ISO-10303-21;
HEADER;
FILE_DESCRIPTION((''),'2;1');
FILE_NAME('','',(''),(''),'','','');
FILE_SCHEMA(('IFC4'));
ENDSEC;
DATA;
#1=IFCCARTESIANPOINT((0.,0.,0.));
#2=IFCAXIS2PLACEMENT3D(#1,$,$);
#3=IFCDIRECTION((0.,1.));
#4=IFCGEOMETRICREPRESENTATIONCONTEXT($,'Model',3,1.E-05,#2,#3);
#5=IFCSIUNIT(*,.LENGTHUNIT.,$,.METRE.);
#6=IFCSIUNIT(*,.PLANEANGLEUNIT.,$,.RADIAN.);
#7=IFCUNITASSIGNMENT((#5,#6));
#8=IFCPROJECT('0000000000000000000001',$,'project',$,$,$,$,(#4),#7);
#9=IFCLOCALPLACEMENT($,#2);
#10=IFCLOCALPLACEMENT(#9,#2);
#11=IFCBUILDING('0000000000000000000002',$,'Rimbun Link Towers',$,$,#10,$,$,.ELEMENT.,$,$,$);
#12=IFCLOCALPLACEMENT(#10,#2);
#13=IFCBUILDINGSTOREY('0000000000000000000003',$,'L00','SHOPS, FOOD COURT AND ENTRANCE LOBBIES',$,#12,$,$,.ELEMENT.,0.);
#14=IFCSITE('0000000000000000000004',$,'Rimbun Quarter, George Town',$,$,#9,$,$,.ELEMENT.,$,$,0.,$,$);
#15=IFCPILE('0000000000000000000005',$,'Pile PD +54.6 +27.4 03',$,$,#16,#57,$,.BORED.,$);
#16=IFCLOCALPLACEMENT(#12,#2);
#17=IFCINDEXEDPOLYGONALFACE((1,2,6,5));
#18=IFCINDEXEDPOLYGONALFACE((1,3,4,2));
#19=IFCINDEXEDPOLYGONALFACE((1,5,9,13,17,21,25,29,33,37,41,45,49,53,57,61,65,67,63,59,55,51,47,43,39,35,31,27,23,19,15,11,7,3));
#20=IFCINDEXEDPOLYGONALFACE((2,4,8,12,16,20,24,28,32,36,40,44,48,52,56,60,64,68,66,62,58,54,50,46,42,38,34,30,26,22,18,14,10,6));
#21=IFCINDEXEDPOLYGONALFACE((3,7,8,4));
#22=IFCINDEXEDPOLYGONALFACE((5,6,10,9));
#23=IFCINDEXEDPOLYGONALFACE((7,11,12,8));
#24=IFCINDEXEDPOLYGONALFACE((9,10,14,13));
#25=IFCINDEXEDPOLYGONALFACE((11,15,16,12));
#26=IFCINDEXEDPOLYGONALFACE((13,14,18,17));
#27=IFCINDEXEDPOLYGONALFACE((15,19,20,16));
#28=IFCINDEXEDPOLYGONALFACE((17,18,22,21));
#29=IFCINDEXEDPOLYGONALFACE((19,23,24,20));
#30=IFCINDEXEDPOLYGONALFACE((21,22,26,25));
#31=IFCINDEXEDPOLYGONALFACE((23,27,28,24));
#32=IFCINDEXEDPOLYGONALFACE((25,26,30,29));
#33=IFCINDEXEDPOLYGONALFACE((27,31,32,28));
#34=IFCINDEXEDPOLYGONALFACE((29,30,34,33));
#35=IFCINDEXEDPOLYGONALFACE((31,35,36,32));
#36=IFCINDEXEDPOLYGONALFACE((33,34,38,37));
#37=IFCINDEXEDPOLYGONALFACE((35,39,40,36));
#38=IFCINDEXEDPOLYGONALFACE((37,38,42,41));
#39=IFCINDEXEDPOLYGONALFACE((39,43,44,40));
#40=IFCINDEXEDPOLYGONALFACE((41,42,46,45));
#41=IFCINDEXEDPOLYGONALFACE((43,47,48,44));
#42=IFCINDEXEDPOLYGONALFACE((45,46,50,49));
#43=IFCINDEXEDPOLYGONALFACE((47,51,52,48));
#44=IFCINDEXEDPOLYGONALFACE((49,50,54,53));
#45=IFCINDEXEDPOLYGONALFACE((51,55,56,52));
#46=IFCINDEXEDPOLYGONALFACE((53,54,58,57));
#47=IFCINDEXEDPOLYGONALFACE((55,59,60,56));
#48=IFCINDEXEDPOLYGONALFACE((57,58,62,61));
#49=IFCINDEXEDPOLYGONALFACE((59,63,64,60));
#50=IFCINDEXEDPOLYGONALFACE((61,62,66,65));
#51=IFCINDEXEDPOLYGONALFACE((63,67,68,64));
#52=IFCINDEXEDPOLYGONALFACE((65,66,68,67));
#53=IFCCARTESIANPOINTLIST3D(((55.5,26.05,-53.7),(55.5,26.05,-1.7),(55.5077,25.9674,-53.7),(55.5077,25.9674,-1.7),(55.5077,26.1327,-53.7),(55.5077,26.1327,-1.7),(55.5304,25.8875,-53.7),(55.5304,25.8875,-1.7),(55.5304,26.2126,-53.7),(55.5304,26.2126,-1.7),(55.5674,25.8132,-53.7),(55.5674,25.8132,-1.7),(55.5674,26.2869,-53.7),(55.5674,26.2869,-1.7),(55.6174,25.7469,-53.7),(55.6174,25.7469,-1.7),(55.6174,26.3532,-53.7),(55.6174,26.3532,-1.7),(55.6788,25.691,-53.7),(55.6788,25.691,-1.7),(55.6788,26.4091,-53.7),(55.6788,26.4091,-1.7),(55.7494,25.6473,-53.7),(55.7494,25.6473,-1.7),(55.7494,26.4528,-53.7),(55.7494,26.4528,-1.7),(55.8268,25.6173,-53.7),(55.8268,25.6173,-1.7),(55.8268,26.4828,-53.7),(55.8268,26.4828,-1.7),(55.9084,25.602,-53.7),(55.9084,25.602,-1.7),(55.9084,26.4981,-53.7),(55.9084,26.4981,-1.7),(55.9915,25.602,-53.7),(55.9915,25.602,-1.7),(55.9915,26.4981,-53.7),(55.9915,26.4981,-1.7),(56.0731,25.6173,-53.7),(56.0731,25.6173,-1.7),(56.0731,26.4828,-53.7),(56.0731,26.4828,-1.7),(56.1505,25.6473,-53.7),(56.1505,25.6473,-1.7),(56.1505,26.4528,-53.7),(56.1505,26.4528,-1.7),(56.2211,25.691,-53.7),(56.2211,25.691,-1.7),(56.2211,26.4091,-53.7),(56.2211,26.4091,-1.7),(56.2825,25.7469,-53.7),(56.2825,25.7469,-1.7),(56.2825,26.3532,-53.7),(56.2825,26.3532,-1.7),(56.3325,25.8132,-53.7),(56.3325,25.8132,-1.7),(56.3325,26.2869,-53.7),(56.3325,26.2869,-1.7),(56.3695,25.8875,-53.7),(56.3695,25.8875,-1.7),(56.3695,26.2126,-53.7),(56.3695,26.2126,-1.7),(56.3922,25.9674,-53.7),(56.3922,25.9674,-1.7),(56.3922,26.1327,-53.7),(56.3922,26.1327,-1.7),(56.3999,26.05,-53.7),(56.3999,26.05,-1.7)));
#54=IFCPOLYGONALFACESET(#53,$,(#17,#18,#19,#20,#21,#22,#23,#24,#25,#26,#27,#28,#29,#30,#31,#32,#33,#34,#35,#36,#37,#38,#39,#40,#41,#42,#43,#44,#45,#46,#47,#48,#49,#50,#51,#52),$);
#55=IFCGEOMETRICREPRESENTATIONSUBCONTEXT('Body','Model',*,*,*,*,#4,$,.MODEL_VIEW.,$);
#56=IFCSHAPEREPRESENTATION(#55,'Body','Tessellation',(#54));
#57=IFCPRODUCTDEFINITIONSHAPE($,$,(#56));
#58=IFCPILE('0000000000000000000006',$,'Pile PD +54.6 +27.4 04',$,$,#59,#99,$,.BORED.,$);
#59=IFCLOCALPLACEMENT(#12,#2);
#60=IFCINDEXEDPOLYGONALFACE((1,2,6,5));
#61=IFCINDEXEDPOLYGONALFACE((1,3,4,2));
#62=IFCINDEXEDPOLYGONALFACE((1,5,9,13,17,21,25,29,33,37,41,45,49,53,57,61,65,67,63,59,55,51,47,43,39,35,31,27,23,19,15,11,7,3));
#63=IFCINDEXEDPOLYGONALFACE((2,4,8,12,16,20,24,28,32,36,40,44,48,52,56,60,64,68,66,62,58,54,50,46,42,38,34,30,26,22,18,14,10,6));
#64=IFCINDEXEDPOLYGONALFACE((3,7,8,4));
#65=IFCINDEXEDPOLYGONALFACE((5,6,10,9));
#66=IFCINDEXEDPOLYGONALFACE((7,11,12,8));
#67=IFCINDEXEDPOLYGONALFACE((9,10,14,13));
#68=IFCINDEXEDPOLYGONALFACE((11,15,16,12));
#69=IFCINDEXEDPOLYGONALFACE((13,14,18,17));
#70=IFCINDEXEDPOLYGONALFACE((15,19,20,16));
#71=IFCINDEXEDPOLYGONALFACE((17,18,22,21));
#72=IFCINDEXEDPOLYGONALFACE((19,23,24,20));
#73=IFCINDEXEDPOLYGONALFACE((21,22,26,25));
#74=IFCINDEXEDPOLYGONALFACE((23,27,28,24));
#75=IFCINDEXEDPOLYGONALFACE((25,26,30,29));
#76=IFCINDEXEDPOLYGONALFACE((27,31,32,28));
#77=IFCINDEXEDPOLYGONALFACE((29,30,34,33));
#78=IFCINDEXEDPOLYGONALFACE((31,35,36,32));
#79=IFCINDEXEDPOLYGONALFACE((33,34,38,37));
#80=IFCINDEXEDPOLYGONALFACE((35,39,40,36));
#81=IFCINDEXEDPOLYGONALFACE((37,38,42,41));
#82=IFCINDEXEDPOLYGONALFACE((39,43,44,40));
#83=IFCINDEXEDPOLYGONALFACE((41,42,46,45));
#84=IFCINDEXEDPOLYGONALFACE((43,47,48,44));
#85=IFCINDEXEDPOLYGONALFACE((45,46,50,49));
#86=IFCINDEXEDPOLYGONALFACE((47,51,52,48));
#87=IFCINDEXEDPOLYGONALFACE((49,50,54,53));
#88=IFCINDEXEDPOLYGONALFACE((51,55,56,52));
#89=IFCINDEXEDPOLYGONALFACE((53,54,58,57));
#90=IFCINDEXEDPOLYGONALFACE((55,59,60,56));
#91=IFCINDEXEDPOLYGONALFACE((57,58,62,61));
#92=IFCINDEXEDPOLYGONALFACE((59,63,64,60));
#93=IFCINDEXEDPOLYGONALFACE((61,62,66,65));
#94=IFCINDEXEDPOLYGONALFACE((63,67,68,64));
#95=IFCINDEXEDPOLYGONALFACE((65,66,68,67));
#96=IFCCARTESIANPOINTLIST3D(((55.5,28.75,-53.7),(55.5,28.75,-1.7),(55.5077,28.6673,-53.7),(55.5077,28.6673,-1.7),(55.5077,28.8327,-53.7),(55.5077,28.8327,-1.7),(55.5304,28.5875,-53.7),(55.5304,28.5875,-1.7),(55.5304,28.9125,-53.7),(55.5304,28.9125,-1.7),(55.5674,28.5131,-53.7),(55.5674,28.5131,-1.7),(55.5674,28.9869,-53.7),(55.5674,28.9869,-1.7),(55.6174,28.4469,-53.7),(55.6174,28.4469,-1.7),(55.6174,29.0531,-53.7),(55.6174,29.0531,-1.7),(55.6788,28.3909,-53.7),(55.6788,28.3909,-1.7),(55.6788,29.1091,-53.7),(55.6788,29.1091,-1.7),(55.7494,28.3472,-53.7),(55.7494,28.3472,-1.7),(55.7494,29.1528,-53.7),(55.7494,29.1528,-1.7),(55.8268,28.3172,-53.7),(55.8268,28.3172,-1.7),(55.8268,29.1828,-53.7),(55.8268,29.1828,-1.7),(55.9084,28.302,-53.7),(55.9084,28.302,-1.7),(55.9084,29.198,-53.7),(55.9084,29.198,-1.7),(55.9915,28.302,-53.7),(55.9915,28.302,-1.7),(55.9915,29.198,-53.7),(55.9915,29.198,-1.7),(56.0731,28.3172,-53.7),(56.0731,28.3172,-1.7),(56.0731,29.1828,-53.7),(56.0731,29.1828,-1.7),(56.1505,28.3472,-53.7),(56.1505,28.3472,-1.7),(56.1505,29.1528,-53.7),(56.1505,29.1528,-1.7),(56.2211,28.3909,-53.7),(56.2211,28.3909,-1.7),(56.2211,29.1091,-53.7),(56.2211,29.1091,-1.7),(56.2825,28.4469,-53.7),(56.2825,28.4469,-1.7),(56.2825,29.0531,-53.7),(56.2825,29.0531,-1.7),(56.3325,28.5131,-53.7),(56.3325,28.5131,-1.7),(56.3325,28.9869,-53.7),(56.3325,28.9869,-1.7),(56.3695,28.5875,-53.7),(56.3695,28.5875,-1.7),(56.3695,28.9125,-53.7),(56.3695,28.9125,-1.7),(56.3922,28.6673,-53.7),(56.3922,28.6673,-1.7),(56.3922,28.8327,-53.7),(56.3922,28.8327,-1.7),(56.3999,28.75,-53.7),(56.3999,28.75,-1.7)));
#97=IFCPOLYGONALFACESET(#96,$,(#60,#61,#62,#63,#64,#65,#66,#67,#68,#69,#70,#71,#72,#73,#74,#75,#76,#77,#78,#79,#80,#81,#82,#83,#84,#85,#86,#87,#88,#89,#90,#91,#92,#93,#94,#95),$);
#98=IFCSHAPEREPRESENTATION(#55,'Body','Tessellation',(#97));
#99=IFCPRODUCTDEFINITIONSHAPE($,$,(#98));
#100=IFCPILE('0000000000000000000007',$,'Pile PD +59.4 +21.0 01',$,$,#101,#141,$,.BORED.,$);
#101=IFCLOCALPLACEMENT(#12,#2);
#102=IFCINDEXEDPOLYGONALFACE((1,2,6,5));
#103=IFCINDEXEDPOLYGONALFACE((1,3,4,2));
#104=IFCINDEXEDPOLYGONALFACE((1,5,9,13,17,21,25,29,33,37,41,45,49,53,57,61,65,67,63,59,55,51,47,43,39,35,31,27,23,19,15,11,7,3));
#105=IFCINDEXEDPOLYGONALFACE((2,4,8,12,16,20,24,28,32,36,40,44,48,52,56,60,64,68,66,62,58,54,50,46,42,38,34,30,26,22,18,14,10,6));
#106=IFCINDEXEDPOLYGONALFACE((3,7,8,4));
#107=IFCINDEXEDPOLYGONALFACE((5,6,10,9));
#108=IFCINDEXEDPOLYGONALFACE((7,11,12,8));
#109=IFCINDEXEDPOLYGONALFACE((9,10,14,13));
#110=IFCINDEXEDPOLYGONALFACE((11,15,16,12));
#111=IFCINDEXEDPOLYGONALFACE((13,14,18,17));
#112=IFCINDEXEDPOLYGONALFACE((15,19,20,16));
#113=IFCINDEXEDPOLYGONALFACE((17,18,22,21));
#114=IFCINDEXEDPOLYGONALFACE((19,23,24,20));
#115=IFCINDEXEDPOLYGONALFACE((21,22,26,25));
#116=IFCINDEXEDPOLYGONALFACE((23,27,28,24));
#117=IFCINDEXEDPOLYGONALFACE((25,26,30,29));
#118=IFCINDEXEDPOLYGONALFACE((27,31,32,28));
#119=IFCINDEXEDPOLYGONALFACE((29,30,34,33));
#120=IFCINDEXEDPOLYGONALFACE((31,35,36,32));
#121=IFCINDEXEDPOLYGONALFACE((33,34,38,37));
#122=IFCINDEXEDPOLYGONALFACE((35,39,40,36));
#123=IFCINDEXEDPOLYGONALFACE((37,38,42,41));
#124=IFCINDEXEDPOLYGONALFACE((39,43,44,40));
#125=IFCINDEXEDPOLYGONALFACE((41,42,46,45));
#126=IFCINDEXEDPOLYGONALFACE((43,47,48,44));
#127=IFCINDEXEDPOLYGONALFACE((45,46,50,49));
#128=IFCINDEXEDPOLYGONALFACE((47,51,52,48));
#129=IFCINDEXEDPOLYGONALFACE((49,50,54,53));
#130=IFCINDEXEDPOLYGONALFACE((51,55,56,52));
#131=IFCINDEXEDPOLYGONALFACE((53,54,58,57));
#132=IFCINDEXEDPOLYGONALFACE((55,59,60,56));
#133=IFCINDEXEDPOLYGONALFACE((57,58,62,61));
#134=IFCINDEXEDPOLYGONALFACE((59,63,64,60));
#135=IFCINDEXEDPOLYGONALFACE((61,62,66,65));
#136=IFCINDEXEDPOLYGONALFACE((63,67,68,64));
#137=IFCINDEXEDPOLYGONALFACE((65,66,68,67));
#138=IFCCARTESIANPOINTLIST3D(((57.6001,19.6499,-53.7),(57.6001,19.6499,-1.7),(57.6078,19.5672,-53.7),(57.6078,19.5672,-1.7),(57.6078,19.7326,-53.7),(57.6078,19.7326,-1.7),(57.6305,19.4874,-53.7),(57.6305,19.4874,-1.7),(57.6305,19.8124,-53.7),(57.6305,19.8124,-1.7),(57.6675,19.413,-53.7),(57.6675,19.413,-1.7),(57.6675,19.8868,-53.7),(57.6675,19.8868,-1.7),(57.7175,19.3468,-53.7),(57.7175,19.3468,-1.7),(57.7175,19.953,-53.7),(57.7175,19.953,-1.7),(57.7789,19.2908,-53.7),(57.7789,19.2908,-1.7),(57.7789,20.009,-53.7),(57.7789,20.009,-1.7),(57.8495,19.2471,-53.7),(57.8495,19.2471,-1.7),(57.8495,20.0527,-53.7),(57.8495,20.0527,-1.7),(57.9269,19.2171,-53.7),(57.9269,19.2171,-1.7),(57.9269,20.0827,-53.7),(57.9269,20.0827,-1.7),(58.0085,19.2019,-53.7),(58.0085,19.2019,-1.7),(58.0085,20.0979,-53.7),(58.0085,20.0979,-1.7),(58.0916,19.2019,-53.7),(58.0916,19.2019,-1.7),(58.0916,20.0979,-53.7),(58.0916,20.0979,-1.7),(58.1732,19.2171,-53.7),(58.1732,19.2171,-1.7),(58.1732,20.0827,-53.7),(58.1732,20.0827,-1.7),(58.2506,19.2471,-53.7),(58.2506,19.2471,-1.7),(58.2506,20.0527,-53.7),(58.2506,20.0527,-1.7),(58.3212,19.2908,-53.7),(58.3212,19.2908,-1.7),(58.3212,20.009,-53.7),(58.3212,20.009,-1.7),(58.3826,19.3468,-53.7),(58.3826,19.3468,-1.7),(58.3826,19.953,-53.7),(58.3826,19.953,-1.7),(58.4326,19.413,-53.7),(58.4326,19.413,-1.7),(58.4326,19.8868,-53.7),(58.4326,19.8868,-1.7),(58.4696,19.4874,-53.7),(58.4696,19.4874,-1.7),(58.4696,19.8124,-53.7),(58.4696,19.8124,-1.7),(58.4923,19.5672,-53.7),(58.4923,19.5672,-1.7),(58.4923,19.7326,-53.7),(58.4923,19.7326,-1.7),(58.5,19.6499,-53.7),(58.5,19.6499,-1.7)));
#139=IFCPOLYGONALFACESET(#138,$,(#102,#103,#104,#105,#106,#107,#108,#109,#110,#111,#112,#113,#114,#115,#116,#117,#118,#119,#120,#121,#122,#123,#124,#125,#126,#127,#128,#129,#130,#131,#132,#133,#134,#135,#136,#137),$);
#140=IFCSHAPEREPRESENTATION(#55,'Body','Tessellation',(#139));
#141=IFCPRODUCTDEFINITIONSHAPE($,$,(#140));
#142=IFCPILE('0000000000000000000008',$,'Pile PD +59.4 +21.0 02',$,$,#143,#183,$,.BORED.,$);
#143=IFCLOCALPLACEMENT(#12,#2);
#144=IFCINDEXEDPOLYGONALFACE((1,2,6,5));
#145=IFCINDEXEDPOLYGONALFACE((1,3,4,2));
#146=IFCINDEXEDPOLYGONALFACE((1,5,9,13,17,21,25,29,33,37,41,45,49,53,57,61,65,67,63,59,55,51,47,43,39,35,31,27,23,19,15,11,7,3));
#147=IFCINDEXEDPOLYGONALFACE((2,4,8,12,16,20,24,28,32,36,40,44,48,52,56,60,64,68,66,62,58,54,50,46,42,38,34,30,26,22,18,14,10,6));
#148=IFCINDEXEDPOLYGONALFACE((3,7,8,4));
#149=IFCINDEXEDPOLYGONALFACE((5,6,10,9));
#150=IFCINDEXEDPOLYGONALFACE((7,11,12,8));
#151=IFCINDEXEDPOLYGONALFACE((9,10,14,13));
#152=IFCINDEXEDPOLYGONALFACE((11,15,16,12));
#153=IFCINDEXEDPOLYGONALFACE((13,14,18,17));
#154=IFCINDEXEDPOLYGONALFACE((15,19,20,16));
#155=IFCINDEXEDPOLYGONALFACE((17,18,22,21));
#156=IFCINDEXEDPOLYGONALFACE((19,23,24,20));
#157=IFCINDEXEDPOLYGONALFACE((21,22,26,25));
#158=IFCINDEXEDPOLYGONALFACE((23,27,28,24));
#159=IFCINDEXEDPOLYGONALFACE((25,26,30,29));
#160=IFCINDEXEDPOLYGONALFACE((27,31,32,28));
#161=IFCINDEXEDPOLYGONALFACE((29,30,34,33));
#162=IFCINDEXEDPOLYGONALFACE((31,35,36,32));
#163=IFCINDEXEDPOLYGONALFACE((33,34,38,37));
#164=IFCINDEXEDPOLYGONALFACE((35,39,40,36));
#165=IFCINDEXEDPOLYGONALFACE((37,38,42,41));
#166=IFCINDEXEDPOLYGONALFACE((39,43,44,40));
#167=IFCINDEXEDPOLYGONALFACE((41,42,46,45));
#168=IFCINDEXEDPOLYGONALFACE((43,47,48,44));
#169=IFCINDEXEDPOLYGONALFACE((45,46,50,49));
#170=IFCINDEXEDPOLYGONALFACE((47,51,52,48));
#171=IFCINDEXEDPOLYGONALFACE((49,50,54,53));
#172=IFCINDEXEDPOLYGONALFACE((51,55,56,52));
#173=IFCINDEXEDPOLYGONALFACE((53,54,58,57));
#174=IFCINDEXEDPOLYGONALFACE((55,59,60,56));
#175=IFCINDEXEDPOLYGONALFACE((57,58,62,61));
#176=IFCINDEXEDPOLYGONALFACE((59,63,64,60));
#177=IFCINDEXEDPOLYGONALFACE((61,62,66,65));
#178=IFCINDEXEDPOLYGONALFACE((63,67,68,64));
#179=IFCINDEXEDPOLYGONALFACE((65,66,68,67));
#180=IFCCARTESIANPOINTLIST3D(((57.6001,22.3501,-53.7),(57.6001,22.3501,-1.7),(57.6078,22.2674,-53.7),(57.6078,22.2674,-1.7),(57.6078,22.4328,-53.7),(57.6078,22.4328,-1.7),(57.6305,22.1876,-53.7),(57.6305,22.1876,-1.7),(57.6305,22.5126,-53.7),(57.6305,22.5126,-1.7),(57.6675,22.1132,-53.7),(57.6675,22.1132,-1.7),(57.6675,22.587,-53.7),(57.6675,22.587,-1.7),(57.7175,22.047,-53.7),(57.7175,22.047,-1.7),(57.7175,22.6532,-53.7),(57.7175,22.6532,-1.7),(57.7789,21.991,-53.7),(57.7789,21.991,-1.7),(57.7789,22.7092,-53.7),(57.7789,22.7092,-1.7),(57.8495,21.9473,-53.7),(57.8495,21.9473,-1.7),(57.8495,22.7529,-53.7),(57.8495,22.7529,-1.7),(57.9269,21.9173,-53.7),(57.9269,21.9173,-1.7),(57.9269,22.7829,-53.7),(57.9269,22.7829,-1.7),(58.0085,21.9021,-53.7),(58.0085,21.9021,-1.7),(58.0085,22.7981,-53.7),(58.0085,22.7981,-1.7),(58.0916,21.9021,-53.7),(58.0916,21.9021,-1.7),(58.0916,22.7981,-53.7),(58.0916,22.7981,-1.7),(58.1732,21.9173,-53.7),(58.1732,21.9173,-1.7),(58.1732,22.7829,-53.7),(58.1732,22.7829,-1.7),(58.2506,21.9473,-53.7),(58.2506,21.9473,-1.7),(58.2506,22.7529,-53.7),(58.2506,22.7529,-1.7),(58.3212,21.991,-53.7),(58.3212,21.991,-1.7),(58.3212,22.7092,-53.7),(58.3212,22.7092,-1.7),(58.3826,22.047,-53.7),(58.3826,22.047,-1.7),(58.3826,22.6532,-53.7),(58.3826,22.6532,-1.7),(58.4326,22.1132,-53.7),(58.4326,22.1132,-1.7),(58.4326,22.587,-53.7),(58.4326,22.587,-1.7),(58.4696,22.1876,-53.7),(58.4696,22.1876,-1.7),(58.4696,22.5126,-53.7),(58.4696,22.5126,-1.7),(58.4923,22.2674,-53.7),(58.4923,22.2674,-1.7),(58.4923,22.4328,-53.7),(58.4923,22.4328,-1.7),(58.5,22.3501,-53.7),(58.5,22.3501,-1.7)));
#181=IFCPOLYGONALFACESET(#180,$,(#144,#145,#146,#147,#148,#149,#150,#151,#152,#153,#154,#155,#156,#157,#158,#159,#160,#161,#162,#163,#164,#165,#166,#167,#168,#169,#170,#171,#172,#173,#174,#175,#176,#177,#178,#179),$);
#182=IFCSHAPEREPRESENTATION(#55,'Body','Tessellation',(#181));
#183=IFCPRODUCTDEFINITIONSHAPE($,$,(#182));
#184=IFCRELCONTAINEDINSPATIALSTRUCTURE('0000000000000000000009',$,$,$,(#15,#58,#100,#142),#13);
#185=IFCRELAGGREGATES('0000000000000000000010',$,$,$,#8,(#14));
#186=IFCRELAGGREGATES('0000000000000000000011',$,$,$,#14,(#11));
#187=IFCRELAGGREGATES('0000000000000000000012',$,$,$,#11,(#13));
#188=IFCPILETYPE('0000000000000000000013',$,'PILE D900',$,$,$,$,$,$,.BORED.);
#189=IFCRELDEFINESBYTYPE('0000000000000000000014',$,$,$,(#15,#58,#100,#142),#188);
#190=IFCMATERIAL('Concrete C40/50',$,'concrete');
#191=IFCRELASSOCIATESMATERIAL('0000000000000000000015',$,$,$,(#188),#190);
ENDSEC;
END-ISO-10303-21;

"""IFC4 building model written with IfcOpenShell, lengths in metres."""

from ifc_helpers import new_model, si_unit, direction, frame, origin, origin_2d, place, context, subcontext, project, spatial, circle, extrude, material, material_profile, profile_set, type_object, element, save


model = new_model("IFC4")

# Units and contexts
model_context = context("Model", 3, precision=1e-05, world=origin(), true_north=direction((0.0, 1.0)))
body_context = subcontext(model_context, "Body", "Model", "MODEL_VIEW")
ifc_project = project(units=[si_unit("LENGTHUNIT", "METRE"), si_unit("PLANEANGLEUNIT", "RADIAN")], contexts=[model_context])

# Site, building, storey
site_placement = place(None, origin())
site = spatial("IfcSite", under=ifc_project, at=site_placement, Name="Rimbun Quarter, George Town", CompositionType="ELEMENT", RefElevation=0.0)
building_placement = place(site_placement, origin())
building = spatial("IfcBuilding", under=site, at=building_placement, Name="Rimbun Link Towers", CompositionType="ELEMENT")
storey_placement = place(building_placement, origin())
storey = spatial("IfcBuildingStorey", under=building, at=storey_placement, Name="L00", Description="SHOPS, FOOD COURT AND ENTRANCE LOBBIES", CompositionType="ELEMENT", Elevation=0.0)

# Piles
ifc_material_1 = material(Name="Concrete C40/50", Category="concrete")
ifc_material_profile_1 = material_profile(ifc_material_1, circle(Radius=0.45, at=origin_2d()), Name="PILE D900")
ifc_profile_set_1 = profile_set([ifc_material_profile_1], Name="Concrete C40/50")
pile_type = type_object("IfcPileType", Name="PILE D900", PredefinedType="BORED", material=ifc_profile_set_1)
for number, where, z_axis, x_axis, name in (
    (1, (55.95, 26.05, -1.7), (0.0, 0.0, -1.0), (1.0, 0.0, 0.0), "Pile PD +54.6 +27.4 03"),
    (2, (55.95, 28.75, -1.7), (0.0, 0.0, -1.0), (1.0, 0.0, 0.0), "Pile PD +54.6 +27.4 04"),
    (3, (58.05, 19.6499, -1.7), (0.0, 0.0, -1.0), (1.0, 0.0, 0.0), "Pile PD +59.4 +21.0 01"),
    (4, (58.05, 22.3501, -1.7), (0.0, 0.0, -1.0), (1.0, 0.0, 0.0), "Pile PD +59.4 +21.0 02"),
):
    element("IfcPile", number, at=place(storey_placement, frame(where, z_axis=z_axis, x_axis=x_axis)), inside=storey, type_object=pile_type, Name=name, PredefinedType="BORED", context=body_context, shape_type="SweptSolid", body=[
        extrude(circle(Radius=0.45, at=origin_2d()), origin(), (0.0, 0.0, 1.0), 52.0),
    ])

save(model, "model.ifc")
